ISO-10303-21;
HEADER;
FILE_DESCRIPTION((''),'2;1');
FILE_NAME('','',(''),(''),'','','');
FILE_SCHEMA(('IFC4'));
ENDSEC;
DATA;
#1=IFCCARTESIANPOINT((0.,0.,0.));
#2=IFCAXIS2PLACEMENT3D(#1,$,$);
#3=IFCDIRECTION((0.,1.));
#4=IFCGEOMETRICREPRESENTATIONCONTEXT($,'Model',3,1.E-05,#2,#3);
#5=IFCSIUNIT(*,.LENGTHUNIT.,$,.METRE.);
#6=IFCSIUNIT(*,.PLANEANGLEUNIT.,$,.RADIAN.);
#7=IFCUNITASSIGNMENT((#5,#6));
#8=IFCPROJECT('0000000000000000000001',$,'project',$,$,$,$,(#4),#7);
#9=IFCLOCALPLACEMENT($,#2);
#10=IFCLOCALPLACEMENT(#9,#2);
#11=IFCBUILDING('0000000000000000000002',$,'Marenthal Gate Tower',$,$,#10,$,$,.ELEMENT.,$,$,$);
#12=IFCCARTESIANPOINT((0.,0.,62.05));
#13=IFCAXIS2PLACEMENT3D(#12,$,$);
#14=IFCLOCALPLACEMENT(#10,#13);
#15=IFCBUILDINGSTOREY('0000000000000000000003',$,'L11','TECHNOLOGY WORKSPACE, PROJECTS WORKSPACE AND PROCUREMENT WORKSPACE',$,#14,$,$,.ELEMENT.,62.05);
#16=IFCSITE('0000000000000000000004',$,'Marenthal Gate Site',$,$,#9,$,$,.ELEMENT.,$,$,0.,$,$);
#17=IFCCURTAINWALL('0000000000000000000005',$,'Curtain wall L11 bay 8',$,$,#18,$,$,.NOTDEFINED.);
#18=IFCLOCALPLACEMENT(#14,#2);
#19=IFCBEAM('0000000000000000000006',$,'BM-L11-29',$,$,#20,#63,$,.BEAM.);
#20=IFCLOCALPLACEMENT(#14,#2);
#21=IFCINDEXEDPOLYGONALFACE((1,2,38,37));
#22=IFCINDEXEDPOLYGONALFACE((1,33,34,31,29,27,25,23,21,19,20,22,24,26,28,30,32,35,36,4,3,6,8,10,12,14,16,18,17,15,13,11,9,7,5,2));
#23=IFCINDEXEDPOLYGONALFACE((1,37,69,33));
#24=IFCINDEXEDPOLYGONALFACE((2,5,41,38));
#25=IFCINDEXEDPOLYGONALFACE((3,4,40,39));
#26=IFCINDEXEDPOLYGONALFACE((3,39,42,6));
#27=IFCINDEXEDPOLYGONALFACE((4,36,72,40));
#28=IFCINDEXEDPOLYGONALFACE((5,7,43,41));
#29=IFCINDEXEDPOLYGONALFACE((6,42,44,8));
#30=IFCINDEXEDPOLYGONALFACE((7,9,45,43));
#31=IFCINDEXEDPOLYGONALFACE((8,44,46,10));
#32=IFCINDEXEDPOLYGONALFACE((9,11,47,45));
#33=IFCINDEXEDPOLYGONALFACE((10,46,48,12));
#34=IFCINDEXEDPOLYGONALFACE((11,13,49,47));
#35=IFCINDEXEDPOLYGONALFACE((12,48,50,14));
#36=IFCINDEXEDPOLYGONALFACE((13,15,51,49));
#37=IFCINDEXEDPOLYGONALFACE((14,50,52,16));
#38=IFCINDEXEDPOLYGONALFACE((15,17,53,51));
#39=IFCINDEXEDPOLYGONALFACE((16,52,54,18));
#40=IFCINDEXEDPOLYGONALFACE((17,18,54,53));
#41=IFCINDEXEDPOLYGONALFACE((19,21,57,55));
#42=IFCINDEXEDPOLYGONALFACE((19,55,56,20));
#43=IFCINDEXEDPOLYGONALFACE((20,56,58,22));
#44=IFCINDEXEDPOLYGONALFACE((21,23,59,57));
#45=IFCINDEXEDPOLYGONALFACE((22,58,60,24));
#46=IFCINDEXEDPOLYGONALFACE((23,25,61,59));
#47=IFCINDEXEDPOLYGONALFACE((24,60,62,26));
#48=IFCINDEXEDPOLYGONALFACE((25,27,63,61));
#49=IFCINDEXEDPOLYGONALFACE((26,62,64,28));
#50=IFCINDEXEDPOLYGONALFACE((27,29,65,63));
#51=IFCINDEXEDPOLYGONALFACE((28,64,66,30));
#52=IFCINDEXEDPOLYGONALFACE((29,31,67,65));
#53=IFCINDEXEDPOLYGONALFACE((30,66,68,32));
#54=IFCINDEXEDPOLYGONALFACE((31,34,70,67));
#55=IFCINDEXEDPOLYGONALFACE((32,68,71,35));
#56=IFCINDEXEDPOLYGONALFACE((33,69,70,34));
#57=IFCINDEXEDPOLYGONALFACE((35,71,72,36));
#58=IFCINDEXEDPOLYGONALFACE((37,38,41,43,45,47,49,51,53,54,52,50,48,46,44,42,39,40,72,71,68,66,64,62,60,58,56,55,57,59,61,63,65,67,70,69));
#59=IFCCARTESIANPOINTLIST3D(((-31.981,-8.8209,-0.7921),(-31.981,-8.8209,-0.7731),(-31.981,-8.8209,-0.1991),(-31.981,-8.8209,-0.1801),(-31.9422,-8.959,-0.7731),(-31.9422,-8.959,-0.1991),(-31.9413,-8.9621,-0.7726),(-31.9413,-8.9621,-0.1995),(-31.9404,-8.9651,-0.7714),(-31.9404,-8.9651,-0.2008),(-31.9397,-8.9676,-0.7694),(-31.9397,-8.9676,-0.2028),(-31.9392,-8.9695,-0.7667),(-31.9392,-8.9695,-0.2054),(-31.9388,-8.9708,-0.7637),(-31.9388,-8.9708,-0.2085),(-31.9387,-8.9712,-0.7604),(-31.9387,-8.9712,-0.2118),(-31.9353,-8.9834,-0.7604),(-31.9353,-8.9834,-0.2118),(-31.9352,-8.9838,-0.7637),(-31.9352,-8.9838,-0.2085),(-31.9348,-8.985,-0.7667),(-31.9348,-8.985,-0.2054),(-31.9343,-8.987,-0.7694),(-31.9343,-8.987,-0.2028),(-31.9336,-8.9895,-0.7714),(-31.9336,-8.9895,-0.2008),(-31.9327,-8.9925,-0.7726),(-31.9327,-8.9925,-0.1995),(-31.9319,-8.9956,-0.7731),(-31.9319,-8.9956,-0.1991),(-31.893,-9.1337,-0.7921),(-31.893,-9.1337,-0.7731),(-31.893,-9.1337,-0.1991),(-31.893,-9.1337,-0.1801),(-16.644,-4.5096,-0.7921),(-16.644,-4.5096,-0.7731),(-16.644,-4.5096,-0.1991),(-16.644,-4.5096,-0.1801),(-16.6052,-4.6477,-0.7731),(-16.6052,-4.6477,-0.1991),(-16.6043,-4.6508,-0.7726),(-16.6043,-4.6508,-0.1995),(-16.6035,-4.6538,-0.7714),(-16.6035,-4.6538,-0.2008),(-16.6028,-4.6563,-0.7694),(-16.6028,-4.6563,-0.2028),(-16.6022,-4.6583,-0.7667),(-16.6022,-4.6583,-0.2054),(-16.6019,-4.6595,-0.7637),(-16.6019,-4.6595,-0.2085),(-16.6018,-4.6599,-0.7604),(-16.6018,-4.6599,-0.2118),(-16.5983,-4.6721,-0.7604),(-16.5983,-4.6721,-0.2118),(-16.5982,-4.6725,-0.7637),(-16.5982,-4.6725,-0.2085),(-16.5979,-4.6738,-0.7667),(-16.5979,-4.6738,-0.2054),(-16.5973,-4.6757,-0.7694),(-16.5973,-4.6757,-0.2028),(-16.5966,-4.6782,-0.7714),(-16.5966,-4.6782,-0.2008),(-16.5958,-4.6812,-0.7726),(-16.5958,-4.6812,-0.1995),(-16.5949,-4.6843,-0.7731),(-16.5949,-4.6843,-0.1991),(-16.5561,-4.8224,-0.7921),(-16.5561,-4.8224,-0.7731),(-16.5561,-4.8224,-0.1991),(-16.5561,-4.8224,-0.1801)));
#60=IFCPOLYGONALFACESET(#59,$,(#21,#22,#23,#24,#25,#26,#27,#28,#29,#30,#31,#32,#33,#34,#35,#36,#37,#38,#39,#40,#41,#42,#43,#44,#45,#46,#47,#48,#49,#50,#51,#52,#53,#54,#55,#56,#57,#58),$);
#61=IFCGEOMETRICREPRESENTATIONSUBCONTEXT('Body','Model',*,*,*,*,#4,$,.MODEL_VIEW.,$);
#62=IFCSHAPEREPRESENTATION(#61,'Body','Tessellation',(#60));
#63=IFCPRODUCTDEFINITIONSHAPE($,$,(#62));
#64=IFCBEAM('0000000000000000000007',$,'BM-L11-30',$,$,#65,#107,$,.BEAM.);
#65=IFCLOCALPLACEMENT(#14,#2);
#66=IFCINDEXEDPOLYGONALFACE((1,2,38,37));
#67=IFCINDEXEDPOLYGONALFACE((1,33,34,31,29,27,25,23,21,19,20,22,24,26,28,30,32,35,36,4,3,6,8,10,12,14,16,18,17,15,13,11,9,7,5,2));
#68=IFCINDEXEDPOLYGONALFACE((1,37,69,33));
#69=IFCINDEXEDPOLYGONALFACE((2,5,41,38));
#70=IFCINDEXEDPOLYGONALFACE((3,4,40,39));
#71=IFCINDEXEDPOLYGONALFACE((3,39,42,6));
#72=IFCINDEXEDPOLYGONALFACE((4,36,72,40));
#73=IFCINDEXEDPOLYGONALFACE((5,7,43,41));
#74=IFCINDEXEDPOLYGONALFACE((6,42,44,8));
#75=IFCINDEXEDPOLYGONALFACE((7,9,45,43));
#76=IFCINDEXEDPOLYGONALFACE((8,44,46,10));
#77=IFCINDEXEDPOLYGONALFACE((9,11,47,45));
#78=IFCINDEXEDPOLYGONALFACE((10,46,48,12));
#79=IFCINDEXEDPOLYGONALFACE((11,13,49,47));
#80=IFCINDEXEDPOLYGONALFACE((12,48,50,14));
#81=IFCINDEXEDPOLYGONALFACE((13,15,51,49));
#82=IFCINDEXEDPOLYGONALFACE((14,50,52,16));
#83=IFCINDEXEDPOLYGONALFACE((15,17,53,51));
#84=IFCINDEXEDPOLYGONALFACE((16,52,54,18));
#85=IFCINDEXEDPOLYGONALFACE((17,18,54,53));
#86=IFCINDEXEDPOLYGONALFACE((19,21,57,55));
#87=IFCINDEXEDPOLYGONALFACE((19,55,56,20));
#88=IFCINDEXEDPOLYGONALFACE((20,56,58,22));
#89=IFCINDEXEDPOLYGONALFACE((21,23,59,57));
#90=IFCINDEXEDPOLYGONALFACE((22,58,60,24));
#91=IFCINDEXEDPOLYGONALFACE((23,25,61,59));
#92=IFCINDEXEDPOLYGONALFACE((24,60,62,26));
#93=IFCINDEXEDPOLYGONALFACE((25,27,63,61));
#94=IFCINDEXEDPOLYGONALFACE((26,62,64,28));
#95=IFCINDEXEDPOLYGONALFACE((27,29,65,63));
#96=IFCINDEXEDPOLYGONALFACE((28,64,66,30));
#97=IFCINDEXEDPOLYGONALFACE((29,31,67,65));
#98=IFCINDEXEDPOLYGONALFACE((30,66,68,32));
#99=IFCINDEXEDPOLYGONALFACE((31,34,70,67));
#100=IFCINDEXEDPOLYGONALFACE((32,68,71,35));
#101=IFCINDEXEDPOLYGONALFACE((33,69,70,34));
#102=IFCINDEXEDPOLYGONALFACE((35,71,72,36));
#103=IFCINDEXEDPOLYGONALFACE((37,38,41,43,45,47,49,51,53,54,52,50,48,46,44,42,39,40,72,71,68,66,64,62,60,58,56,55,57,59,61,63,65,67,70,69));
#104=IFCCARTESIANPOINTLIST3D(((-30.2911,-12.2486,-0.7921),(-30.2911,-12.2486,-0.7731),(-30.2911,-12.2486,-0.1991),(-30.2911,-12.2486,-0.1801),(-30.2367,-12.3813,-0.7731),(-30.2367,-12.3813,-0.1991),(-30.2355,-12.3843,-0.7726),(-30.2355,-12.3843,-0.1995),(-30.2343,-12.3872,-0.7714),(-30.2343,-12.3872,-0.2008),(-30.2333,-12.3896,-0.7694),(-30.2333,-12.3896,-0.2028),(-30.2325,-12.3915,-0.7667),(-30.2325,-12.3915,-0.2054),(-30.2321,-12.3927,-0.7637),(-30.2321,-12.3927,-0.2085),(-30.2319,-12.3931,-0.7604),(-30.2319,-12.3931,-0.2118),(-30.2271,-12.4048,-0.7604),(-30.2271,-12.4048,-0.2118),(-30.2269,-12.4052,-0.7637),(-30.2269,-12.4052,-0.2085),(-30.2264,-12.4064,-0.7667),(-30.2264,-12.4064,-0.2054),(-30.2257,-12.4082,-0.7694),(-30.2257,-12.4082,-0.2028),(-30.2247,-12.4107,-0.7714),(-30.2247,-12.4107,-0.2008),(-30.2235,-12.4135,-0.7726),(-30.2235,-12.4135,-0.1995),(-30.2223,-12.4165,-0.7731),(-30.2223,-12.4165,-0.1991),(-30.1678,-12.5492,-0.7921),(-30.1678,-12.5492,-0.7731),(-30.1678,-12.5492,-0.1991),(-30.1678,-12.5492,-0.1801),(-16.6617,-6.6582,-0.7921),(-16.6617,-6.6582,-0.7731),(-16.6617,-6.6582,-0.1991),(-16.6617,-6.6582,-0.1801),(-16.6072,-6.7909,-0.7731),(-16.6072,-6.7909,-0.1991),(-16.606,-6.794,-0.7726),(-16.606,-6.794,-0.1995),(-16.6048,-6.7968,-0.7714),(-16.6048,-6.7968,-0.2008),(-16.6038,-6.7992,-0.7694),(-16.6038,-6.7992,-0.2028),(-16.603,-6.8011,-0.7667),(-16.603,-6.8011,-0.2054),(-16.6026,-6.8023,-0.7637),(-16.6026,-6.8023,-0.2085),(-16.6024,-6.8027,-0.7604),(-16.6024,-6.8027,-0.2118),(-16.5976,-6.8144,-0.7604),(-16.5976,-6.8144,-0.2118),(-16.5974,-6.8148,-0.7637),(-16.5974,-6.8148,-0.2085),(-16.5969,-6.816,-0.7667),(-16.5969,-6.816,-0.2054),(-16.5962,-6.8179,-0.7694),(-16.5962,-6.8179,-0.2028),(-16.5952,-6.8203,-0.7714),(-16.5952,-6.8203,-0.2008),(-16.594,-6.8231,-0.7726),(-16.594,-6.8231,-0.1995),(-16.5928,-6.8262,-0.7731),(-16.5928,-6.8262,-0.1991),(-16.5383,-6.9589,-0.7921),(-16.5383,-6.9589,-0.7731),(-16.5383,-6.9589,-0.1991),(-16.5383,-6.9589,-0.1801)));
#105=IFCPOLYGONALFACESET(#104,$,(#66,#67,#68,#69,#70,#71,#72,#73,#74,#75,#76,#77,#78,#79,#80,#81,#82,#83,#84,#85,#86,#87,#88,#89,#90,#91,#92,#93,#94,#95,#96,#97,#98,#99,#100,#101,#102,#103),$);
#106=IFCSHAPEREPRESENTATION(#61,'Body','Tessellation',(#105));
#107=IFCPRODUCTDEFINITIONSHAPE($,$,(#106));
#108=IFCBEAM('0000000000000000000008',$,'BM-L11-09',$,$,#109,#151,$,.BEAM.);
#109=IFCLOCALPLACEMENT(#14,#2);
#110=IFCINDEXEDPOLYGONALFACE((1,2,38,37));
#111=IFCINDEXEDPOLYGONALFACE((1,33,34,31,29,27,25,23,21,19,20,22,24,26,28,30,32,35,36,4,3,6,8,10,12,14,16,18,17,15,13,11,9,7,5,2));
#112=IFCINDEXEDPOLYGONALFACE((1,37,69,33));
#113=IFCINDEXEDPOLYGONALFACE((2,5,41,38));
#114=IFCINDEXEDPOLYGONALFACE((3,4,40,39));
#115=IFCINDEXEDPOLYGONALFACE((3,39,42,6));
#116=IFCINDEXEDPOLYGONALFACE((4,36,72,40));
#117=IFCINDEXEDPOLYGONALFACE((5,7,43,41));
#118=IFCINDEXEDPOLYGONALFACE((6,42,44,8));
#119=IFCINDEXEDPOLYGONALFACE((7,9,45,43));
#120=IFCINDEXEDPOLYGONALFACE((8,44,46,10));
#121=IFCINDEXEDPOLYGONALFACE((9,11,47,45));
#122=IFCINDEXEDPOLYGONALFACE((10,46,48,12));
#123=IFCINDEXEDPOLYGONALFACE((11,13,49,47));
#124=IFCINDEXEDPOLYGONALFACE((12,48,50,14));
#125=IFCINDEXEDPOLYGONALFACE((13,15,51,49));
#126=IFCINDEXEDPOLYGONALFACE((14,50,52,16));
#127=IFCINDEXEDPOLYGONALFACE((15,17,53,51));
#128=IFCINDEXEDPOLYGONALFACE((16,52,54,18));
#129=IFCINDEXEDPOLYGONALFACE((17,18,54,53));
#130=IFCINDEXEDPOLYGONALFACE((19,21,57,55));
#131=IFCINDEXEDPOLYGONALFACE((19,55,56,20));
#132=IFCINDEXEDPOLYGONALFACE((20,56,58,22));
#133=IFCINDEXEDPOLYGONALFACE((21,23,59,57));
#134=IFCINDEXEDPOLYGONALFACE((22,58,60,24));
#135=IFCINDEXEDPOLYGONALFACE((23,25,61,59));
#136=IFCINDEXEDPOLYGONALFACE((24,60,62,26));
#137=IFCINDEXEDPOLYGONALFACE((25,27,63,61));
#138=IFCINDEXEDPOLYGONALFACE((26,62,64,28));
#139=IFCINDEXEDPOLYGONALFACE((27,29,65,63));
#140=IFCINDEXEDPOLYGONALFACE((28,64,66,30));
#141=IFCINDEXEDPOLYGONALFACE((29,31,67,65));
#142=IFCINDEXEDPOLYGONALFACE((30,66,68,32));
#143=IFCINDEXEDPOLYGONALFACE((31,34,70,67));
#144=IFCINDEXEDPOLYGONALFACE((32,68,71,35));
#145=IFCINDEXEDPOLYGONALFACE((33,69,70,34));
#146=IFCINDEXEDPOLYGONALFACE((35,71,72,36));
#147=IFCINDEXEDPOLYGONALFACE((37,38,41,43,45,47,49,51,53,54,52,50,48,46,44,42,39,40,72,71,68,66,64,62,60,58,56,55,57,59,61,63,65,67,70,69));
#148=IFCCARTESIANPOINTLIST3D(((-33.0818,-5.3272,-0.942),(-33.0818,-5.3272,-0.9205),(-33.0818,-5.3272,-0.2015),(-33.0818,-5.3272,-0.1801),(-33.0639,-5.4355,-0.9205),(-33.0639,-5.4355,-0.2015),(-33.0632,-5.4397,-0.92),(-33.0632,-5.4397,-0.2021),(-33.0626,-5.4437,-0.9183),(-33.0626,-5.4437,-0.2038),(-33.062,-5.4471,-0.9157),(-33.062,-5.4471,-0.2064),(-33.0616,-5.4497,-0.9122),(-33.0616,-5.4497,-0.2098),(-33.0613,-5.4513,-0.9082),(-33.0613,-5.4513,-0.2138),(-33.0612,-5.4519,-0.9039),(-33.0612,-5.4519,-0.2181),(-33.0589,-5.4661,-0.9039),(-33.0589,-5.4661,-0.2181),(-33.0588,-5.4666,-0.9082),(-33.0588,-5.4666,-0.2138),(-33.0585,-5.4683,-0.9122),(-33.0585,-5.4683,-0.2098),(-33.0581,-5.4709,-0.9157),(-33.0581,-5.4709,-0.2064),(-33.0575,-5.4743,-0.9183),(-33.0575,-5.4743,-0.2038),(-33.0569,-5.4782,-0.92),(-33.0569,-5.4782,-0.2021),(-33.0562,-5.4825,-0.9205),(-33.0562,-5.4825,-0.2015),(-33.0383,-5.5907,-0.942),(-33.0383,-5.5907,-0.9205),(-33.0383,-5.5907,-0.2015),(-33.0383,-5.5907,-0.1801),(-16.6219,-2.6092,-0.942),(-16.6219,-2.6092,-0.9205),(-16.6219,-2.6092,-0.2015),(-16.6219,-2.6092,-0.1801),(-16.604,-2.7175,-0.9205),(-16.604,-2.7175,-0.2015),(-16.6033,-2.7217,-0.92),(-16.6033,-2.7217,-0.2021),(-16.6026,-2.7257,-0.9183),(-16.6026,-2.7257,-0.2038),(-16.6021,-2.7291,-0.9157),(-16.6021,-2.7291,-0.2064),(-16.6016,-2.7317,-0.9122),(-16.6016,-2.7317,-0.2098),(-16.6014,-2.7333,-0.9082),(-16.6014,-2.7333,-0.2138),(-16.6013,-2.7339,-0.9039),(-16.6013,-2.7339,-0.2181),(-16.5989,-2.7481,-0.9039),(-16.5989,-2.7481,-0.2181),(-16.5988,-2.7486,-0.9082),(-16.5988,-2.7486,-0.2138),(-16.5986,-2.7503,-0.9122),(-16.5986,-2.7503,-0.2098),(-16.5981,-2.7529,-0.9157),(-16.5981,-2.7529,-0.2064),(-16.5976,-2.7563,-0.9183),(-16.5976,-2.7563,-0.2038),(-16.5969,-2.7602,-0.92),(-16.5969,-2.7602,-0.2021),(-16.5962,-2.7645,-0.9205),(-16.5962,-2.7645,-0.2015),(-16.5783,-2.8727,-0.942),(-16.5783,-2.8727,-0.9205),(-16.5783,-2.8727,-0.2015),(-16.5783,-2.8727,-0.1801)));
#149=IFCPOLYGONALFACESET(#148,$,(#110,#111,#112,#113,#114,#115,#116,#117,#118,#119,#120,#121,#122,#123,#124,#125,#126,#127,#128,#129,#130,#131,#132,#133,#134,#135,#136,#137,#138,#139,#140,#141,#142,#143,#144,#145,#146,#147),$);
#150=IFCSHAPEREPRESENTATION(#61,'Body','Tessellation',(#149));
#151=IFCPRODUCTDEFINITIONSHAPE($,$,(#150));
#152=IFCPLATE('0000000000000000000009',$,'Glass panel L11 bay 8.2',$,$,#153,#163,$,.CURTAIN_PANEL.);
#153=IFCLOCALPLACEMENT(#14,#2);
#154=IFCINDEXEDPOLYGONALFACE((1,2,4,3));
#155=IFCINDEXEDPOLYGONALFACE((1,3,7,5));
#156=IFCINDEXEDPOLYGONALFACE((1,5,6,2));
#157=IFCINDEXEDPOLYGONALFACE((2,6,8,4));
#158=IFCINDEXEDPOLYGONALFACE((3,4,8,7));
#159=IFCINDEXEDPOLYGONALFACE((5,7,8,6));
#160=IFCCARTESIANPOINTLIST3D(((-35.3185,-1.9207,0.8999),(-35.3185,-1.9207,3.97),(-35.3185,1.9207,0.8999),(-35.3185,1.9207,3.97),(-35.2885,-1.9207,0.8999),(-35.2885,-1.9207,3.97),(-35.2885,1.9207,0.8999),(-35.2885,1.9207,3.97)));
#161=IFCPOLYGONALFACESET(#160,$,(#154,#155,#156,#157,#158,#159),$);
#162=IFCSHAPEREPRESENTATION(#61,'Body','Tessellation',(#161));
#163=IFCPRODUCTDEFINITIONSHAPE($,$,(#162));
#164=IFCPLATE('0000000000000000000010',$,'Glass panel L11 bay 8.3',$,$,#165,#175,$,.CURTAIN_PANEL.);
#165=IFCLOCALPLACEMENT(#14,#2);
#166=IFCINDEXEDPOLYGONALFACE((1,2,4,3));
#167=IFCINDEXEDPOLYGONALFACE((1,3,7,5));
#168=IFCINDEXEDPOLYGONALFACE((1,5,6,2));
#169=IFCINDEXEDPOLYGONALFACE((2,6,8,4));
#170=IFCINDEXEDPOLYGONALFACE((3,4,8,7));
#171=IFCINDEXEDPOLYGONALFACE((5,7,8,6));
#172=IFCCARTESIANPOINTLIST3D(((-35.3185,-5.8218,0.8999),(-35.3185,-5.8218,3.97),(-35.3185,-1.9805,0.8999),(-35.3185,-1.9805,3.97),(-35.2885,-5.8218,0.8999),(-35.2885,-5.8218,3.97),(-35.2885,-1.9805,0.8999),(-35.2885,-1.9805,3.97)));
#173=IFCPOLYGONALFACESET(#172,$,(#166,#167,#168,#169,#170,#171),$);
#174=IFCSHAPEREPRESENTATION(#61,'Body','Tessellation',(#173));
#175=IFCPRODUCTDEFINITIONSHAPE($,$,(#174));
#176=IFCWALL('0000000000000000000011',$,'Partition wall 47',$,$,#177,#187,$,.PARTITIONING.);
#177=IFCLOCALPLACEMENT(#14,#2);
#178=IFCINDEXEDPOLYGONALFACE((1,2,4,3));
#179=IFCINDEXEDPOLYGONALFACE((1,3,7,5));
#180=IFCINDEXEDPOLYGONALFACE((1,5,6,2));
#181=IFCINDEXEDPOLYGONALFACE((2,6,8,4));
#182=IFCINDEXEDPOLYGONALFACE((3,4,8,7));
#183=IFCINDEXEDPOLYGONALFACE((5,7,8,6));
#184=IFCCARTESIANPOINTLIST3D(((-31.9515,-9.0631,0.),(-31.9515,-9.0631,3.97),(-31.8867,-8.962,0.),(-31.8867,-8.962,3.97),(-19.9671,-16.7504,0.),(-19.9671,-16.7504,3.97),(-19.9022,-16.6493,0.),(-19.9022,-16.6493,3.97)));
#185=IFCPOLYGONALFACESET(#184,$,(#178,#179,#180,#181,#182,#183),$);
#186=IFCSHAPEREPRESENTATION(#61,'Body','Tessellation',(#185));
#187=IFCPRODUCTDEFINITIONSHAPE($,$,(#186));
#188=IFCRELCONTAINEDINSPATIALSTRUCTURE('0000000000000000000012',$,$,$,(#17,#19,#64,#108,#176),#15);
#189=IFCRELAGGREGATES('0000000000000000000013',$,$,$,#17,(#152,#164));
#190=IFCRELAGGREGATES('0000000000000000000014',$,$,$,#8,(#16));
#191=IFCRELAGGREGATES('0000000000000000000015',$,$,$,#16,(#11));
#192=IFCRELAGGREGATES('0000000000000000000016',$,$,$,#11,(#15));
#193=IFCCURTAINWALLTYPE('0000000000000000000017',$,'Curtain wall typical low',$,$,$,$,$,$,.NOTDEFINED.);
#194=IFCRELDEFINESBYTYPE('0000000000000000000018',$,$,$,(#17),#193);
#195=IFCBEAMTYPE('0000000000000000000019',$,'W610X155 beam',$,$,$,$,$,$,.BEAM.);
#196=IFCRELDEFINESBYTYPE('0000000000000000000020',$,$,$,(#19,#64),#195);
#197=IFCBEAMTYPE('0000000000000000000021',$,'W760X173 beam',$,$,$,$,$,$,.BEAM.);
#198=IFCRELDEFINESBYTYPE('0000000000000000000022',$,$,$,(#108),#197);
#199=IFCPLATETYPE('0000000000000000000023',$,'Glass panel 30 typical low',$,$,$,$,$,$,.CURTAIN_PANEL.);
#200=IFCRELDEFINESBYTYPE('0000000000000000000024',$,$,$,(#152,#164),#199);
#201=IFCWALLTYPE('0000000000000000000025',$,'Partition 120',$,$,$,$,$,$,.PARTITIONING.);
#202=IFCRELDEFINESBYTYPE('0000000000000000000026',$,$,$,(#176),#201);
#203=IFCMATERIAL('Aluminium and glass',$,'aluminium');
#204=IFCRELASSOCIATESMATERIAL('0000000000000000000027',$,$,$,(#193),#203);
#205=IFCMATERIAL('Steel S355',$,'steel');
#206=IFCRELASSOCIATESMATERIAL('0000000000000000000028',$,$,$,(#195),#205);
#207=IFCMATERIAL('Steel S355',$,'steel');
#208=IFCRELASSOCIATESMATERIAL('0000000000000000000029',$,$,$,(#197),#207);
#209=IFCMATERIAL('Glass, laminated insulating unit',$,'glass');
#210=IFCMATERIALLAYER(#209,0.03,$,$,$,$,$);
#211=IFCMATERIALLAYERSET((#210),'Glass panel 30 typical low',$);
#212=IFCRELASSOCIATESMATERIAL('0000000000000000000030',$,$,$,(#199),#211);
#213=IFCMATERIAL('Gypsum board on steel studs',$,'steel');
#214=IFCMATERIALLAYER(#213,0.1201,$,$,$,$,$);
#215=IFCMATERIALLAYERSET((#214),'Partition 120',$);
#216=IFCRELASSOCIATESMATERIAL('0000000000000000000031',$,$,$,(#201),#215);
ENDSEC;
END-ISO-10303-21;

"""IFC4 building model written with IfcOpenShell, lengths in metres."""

from ifc_helpers import new_model, si_unit, direction, frame, frame_2d, origin, origin_2d, place, context, subcontext, project, spatial, rectangle, i_section, extrude, material, layer, layer_set, material_profile, profile_set, type_object, element, aggregate, save


model = new_model("IFC4")

# Units and contexts
model_context = context("Model", 3, precision=1e-05, world=origin(), true_north=direction((0.0, 1.0)))
body_context = subcontext(model_context, "Body", "Model", "MODEL_VIEW")
ifc_project = project(units=[si_unit("LENGTHUNIT", "METRE"), si_unit("PLANEANGLEUNIT", "RADIAN")], contexts=[model_context])

# Site, building, storey
site_placement = place(None, origin())
site = spatial("IfcSite", under=ifc_project, at=site_placement, Name="Marenthal Gate Site", CompositionType="ELEMENT", RefElevation=0.0)
building_placement = place(site_placement, origin())
building = spatial("IfcBuilding", under=site, at=building_placement, Name="Marenthal Gate Tower", CompositionType="ELEMENT")
storey_placement = place(building_placement, frame((0.0, 0.0, 62.05)))
storey = spatial("IfcBuildingStorey", under=building, at=storey_placement, Name="L11", Description="TECHNOLOGY WORKSPACE, PROJECTS WORKSPACE AND PROCUREMENT WORKSPACE", CompositionType="ELEMENT", Elevation=62.05)

# Curtain wall
ifc_material_1 = material(Name="Aluminium and glass", Category="aluminium")
curtain_wall_type = type_object("IfcCurtainWallType", Name="Curtain wall typical low", PredefinedType="NOTDEFINED", material=ifc_material_1)
curtain_wall_placement = place(storey_placement, origin())
curtain_wall = element("IfcCurtainWall", 1, at=curtain_wall_placement, inside=storey, type_object=curtain_wall_type, Name="Curtain wall L11 bay 8", PredefinedType="NOTDEFINED")

# Beams
ifc_material_2 = material(Name="Steel S355", Category="steel")
ifc_material_profile_1 = material_profile(ifc_material_2, i_section(OverallWidth=0.325, OverallDepth=0.6121, WebThickness=0.0127, FlangeThickness=0.019, FilletRadius=0.0127, at=origin_2d()), Name="W610X155")
ifc_profile_set_1 = profile_set([ifc_material_profile_1], Name="Steel S355")
beam_type_1 = type_object("IfcBeamType", Name="W610X155 beam", PredefinedType="BEAM", material=ifc_profile_set_1)
beam_1_placement = place(storey_placement, frame((-31.937, -8.9773, -0.4861), z_axis=(0.962687, 0.270616, 0.0), x_axis=(-0.270616, 0.962687, 0.0)))
element("IfcBeam", 2, at=beam_1_placement, inside=storey, type_object=beam_type_1, Name="BM-L11-29", PredefinedType="BEAM", context=body_context, shape_type="SweptSolid", body=[
    extrude(i_section(OverallWidth=0.325, OverallDepth=0.6121, WebThickness=0.0127, FlangeThickness=0.019, FilletRadius=0.0127, at=origin_2d()), origin(), (0.0, 0.0, 1.0), 15.9314),
])
beam_2_placement = place(storey_placement, frame((-30.2295, -12.3989, -0.4861), z_axis=(0.925198, 0.379486, 0.0), x_axis=(-0.379486, 0.925198, 0.0)))
element("IfcBeam", 3, at=beam_2_placement, inside=storey, type_object=beam_type_1, Name="BM-L11-30", PredefinedType="BEAM", context=body_context, shape_type="SweptSolid", body=[
    extrude(i_section(OverallWidth=0.325, OverallDepth=0.6121, WebThickness=0.0127, FlangeThickness=0.019, FilletRadius=0.0127, at=origin_2d()), origin(), (0.0, 0.0, 1.0), 14.7314),
])
ifc_material_3 = material(Name="Steel S355", Category="steel")
ifc_material_profile_2 = material_profile(ifc_material_3, i_section(OverallWidth=0.2671, OverallDepth=0.762, WebThickness=0.0144, FlangeThickness=0.0215, FilletRadius=0.0166, at=origin_2d()), Name="W760X173")
ifc_profile_set_2 = profile_set([ifc_material_profile_2], Name="Steel S355")
beam_type_2 = type_object("IfcBeamType", Name="W760X173 beam", PredefinedType="BEAM", material=ifc_profile_set_2)
beam_3_placement = place(storey_placement, frame((-33.0601, -5.459, -0.561), z_axis=(0.986639, 0.162923, 0.0), x_axis=(-0.162923, 0.986639, 0.0)))
element("IfcBeam", 4, at=beam_3_placement, inside=storey, type_object=beam_type_2, Name="BM-L11-09", PredefinedType="BEAM", context=body_context, shape_type="SweptSolid", body=[
    extrude(i_section(OverallWidth=0.2671, OverallDepth=0.762, WebThickness=0.0144, FlangeThickness=0.0215, FilletRadius=0.0166, at=origin_2d()), origin(), (0.0, 0.0, 1.0), 16.6829),
])

# Plates
ifc_material_4 = material(Name="Glass, laminated insulating unit", Category="glass")
ifc_layer_1 = layer(ifc_material_4, 0.03)
ifc_layer_set_1 = layer_set([ifc_layer_1], Name="Glass panel 30 typical low")
plate_type = type_object("IfcPlateType", Name="Glass panel 30 typical low", PredefinedType="CURTAIN_PANEL", material=ifc_layer_set_1)
plate_1_placement = place(storey_placement, frame((-35.3035, 0.0, 0.8999), z_axis=(0.0, 0.0, 1.0), x_axis=(0.0, -1.0, 0.0)))
plate_1 = element("IfcPlate", 5, at=plate_1_placement, type_object=plate_type, Name="Glass panel L11 bay 8.2", PredefinedType="CURTAIN_PANEL", context=body_context, shape_type="SweptSolid", body=[
    extrude(rectangle(XDim=3.8413, YDim=0.03, at=origin_2d()), origin(), (0.0, 0.0, 1.0), 3.0701),
])
plate_2_placement = place(storey_placement, frame((-35.3035, -3.9011, 0.8999), z_axis=(0.0, 0.0, 1.0), x_axis=(0.0, -1.0, 0.0)))
plate_2 = element("IfcPlate", 6, at=plate_2_placement, type_object=plate_type, Name="Glass panel L11 bay 8.3", PredefinedType="CURTAIN_PANEL", context=body_context, shape_type="SweptSolid", body=[
    extrude(rectangle(XDim=3.8413, YDim=0.03, at=origin_2d()), origin(), (0.0, 0.0, 1.0), 3.0701),
])
aggregate(curtain_wall, [plate_1, plate_2])

# Wall
ifc_material_5 = material(Name="Gypsum board on steel studs", Category="steel")
ifc_layer_2 = layer(ifc_material_5, 0.1201)
ifc_layer_set_2 = layer_set([ifc_layer_2], Name="Partition 120")
wall_type_1 = type_object("IfcWallType", Name="Partition 120", PredefinedType="PARTITIONING", material=ifc_layer_set_2)
wall_1_placement = place(storey_placement, frame((-31.9192, -9.0125, 0.0), z_axis=(0.0, 0.0, 1.0), x_axis=(0.841721, -0.539913, 0.0)))
element("IfcWall", 7, at=wall_1_placement, inside=storey, type_object=wall_type_1, Name="Partition wall 47", PredefinedType="PARTITIONING", context=body_context, shape_type="SweptSolid", body=[
    extrude(rectangle(XDim=14.238, YDim=0.1201, at=frame_2d((7.1191, 0.0))), origin(), (0.0, 0.0, 1.0), 3.97),
])

save(model, "model.ifc")
